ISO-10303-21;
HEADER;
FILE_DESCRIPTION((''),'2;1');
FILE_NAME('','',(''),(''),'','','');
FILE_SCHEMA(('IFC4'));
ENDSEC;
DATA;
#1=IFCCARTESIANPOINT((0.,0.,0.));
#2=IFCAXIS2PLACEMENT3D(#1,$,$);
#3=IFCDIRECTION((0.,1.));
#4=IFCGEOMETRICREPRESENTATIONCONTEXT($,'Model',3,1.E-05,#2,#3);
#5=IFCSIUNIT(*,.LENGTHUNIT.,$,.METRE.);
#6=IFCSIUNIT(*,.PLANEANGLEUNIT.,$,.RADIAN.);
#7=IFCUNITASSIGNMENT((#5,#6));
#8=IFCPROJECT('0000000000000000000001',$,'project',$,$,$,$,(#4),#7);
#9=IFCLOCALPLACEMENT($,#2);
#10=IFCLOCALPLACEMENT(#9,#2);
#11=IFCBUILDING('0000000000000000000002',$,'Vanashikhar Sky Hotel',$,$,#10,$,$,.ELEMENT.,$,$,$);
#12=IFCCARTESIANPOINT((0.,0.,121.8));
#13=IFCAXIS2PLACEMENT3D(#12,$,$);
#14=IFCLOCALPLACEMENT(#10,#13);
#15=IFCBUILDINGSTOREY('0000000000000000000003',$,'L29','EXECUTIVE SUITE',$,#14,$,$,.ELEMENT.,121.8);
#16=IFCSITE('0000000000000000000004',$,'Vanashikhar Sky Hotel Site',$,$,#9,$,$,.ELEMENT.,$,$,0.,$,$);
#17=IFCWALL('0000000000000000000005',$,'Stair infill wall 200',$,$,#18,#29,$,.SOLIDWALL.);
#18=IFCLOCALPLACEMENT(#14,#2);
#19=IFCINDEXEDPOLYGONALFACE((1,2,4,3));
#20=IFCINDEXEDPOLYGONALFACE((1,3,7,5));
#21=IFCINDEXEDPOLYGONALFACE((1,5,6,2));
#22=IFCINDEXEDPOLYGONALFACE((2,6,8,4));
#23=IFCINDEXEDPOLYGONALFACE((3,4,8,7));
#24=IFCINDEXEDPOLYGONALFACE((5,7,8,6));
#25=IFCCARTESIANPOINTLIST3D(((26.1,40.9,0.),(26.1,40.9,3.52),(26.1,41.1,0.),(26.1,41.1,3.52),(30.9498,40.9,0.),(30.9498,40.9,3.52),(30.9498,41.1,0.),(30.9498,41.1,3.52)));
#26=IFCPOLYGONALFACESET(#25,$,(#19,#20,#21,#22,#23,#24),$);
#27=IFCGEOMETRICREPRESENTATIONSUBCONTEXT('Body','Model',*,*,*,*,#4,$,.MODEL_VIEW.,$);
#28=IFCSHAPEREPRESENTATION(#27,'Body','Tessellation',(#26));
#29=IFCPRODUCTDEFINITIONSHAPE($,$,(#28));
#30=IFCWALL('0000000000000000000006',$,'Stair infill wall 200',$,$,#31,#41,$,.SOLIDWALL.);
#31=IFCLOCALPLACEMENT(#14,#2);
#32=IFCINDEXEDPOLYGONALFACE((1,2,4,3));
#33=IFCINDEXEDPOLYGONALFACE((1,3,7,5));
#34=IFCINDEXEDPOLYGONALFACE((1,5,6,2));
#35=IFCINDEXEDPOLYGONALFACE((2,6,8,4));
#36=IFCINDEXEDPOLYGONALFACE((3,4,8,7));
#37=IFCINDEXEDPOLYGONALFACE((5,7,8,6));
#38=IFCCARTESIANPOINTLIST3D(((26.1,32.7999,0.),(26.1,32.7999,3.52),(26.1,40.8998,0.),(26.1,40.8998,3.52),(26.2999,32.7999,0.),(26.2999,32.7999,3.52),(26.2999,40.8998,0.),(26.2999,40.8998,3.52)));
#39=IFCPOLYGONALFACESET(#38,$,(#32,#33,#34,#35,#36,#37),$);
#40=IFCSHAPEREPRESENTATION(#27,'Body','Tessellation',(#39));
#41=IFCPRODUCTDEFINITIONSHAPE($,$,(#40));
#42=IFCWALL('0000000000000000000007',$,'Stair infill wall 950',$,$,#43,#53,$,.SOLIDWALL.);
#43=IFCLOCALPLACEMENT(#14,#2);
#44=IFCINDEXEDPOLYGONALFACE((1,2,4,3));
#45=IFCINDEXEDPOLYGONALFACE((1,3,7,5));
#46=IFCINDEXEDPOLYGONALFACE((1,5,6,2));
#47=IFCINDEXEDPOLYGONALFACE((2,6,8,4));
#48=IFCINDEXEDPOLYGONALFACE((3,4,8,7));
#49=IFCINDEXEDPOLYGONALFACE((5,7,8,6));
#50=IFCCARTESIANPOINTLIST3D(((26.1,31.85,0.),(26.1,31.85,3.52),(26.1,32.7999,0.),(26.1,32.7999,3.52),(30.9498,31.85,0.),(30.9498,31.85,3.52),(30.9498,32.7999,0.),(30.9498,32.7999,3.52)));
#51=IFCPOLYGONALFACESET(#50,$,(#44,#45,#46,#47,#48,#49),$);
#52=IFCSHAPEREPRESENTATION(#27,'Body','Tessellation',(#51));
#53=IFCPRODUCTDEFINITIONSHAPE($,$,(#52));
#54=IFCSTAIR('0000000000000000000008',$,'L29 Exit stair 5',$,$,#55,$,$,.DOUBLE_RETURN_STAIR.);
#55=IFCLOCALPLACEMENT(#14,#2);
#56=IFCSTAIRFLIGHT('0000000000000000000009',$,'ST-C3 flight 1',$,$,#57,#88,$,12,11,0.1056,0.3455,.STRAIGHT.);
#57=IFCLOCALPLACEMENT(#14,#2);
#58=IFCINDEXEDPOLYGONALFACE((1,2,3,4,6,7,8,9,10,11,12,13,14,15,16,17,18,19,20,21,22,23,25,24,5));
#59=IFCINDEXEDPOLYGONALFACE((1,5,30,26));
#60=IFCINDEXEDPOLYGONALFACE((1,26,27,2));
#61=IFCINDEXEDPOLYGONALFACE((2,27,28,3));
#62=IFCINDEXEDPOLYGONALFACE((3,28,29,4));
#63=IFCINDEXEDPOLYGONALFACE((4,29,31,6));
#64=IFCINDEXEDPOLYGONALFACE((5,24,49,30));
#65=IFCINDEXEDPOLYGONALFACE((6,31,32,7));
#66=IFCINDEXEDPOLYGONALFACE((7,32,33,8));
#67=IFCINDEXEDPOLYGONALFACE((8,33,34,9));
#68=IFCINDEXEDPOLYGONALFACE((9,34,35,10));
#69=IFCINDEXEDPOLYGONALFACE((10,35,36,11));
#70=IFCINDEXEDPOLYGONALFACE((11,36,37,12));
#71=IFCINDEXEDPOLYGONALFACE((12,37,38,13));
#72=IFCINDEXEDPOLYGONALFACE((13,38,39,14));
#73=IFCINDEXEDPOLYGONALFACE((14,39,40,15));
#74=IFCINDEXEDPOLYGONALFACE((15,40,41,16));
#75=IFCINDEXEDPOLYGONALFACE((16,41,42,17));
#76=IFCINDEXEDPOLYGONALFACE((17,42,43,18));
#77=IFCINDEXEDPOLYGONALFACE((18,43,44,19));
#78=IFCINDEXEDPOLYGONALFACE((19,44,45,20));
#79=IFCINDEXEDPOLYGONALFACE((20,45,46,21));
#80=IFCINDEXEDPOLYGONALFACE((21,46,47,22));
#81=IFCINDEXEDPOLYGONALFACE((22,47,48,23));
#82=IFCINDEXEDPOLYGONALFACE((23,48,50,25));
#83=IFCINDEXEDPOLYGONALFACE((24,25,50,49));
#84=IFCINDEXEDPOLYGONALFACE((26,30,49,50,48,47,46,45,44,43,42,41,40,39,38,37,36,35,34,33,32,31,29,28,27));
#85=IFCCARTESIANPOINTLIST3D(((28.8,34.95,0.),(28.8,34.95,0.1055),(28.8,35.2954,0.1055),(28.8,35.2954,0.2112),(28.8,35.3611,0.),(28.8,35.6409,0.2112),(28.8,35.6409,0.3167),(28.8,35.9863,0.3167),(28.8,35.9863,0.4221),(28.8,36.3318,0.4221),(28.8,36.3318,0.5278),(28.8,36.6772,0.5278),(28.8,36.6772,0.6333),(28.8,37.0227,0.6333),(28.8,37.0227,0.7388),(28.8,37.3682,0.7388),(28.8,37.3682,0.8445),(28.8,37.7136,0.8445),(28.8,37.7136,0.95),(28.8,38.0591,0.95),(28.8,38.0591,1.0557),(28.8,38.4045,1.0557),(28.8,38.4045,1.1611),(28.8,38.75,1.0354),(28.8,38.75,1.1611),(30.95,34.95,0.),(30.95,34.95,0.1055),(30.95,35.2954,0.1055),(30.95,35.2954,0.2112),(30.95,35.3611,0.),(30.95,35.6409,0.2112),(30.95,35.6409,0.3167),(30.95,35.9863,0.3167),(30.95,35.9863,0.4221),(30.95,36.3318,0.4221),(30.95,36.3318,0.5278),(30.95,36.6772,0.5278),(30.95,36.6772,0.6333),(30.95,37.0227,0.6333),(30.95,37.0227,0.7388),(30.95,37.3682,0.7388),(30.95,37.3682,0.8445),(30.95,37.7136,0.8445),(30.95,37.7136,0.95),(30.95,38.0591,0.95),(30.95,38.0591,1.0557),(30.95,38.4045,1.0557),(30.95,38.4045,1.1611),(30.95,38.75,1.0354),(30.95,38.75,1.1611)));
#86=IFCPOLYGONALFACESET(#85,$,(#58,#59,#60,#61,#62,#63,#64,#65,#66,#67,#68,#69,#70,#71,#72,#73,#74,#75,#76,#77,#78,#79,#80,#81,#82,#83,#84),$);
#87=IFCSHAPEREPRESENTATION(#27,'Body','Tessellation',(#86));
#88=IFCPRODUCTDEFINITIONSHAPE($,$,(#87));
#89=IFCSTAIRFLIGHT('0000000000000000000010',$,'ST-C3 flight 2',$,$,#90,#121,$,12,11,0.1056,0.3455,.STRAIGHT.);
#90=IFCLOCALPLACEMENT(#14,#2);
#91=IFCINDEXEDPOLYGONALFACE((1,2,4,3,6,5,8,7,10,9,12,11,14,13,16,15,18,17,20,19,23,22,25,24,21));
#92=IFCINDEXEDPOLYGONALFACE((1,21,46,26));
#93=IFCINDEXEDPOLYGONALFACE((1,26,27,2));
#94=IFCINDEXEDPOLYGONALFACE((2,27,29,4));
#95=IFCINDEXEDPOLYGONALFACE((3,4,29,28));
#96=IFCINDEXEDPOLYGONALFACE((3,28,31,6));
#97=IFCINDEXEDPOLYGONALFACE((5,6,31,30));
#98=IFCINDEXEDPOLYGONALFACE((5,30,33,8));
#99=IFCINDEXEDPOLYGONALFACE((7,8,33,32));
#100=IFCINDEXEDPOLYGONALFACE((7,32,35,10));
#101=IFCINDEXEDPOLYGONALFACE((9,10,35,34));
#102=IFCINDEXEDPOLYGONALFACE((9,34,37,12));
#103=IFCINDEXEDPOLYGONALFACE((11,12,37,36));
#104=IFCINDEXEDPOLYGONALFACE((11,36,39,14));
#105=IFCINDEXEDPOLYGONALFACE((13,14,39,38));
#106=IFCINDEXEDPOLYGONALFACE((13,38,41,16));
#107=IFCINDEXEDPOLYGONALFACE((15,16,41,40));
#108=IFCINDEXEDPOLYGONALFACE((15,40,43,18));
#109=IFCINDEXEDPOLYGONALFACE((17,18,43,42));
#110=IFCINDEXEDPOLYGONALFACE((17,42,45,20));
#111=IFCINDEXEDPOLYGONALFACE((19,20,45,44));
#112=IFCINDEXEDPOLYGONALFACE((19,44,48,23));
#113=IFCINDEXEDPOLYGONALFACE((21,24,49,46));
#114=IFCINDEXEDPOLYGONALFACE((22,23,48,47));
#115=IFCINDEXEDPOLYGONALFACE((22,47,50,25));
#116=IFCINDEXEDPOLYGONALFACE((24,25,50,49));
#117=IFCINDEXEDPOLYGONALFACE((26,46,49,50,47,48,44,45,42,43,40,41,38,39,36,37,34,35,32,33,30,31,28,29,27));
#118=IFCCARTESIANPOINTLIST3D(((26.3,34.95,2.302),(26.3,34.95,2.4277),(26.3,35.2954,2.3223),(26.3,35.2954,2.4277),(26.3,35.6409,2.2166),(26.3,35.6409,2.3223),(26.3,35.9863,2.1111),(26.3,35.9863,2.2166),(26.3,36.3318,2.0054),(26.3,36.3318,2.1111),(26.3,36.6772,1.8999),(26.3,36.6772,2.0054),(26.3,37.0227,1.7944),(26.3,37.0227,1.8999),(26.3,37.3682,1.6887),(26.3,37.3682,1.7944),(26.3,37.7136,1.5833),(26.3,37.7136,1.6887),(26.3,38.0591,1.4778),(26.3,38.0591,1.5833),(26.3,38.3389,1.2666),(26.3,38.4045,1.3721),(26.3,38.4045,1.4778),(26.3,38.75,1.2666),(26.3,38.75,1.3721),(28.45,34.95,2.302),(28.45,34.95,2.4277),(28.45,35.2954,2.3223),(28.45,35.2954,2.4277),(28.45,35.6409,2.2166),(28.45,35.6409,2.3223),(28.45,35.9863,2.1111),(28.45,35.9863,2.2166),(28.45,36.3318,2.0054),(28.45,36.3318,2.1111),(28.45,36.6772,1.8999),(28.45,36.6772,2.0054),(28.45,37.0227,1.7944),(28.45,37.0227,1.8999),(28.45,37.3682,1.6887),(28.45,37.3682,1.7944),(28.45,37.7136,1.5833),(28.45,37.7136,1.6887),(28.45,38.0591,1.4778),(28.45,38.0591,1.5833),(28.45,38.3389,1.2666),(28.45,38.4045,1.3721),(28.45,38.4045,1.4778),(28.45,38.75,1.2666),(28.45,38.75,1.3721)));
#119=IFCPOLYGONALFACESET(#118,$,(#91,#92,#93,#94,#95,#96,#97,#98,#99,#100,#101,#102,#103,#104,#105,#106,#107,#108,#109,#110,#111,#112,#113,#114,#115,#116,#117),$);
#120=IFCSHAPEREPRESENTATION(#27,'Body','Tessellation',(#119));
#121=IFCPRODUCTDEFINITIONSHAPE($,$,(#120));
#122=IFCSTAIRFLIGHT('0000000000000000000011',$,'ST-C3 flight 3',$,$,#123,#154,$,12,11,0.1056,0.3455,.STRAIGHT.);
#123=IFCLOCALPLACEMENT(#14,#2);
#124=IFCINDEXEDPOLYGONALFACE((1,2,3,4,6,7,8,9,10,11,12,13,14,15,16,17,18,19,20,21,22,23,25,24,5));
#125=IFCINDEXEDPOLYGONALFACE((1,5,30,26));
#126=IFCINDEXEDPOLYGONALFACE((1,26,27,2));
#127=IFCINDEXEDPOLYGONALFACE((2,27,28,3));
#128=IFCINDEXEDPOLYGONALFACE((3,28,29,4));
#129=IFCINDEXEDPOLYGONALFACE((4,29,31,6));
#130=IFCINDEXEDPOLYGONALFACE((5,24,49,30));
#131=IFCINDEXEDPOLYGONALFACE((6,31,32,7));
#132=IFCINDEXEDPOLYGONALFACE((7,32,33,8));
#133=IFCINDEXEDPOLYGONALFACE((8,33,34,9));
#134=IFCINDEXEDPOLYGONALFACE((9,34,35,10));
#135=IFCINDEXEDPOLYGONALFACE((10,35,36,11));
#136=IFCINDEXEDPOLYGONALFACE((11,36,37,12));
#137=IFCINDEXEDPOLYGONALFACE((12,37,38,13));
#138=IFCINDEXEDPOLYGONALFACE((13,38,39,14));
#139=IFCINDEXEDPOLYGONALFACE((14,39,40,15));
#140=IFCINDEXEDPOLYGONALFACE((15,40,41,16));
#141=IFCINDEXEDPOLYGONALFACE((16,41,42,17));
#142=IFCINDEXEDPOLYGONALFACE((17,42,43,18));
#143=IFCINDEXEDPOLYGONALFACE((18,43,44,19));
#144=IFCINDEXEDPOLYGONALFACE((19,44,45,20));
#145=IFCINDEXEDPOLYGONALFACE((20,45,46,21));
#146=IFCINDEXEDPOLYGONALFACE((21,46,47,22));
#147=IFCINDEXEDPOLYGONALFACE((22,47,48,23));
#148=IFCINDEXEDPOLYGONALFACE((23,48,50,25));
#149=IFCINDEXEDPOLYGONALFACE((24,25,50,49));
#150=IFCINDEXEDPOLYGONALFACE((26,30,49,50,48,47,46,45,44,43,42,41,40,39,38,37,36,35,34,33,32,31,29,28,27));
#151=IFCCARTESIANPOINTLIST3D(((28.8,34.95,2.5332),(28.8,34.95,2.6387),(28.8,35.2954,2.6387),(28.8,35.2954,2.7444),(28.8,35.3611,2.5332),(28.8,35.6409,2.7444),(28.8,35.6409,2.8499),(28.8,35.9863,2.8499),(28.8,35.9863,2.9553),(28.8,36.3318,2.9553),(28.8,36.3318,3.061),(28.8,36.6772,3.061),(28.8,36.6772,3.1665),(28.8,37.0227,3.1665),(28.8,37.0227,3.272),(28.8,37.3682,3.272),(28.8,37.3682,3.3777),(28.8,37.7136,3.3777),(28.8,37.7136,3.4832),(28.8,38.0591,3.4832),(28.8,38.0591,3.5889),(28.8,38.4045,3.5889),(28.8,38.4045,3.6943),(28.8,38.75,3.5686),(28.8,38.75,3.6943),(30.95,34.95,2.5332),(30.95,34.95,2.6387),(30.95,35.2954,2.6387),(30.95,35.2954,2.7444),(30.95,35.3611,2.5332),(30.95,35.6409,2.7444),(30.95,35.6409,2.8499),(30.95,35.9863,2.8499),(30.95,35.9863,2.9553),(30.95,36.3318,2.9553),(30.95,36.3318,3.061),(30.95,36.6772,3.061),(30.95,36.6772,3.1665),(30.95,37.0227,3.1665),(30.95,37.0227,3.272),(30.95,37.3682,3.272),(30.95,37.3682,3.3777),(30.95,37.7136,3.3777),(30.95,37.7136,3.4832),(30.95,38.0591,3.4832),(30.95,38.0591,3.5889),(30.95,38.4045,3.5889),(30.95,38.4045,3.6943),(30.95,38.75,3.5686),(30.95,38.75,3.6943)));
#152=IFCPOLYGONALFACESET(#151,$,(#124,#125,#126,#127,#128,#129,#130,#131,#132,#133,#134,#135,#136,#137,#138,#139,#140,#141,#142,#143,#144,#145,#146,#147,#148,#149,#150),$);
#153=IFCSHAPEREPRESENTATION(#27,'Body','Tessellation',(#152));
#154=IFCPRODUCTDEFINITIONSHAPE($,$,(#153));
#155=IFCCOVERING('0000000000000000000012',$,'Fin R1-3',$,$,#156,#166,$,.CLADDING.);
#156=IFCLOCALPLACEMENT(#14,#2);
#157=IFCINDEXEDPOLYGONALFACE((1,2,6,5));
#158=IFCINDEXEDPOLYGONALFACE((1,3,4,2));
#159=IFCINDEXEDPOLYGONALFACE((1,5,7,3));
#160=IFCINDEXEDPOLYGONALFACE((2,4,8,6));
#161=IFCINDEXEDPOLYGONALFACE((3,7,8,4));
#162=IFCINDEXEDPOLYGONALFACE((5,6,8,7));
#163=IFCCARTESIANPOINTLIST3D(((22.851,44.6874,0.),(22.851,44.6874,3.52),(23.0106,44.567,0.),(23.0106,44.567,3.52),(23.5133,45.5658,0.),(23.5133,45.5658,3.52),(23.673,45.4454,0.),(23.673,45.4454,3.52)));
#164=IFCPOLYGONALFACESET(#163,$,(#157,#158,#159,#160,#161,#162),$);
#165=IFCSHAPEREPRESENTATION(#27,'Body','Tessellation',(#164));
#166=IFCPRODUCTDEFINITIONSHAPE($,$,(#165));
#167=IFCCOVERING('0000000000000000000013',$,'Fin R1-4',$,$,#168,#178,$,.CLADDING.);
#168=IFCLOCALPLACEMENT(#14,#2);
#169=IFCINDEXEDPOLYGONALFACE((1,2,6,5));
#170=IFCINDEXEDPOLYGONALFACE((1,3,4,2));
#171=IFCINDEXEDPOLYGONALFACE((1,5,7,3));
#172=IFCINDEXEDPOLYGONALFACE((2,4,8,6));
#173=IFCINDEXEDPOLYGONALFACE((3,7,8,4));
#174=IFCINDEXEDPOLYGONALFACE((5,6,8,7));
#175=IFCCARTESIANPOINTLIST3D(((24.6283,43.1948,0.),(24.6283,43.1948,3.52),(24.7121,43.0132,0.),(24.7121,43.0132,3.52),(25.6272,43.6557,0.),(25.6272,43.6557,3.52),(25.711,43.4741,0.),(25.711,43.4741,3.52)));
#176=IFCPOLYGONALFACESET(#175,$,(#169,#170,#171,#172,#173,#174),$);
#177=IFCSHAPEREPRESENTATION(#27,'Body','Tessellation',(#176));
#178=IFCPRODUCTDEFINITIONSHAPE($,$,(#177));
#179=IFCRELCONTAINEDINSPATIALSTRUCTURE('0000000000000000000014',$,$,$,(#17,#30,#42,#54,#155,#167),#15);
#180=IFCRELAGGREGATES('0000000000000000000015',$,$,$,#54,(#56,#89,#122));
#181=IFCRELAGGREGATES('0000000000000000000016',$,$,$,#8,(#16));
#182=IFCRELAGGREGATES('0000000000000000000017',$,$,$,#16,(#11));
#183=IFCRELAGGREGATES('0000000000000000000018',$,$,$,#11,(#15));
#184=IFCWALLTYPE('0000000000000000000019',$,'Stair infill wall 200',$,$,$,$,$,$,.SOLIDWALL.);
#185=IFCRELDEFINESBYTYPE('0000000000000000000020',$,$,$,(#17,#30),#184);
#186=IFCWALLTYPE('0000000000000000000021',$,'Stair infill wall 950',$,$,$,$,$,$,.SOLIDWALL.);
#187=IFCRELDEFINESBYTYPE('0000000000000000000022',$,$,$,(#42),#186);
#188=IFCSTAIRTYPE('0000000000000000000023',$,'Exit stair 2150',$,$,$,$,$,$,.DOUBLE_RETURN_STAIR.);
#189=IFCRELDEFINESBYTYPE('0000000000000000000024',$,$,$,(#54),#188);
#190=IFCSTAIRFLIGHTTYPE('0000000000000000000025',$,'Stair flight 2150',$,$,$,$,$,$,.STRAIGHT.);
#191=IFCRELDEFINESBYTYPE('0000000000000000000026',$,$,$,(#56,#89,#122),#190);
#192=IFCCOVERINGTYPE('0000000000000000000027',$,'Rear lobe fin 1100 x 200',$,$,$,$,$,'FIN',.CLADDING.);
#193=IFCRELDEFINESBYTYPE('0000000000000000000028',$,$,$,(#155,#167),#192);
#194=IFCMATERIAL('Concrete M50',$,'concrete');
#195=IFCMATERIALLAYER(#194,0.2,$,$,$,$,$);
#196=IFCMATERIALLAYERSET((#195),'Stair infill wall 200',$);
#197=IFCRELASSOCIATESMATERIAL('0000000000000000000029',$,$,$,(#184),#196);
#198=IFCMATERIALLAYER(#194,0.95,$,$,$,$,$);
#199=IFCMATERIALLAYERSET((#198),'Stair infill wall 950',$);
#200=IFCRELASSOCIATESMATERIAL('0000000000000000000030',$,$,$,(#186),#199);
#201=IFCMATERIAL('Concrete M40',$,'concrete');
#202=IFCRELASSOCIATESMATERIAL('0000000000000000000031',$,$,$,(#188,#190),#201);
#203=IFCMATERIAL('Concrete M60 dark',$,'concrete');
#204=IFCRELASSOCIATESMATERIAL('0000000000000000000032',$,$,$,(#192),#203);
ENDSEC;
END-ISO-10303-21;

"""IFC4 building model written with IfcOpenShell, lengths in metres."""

from ifc_helpers import new_model, si_unit, direction, frame, frame_2d, origin, origin_2d, place, context, subcontext, project, spatial, polyline, rectangle, outline, extrude, source, transform, mapped, material, layer, layer_set, material_profile, profile_set, type_object, element, aggregate, save


model = new_model("IFC4")

# Units and contexts
model_context = context("Model", 3, precision=1e-05, world=origin(), true_north=direction((0.0, 1.0)))
body_context = subcontext(model_context, "Body", "Model", "MODEL_VIEW")
ifc_project = project(units=[si_unit("LENGTHUNIT", "METRE"), si_unit("PLANEANGLEUNIT", "RADIAN")], contexts=[model_context])

# Site, building, storey
site_placement = place(None, origin())
site = spatial("IfcSite", under=ifc_project, at=site_placement, Name="Vanashikhar Sky Hotel Site", CompositionType="ELEMENT", RefElevation=0.0)
building_placement = place(site_placement, origin())
building = spatial("IfcBuilding", under=site, at=building_placement, Name="Vanashikhar Sky Hotel", CompositionType="ELEMENT")
storey_placement = place(building_placement, frame((0.0, 0.0, 121.8)))
storey = spatial("IfcBuildingStorey", under=building, at=storey_placement, Name="L29", Description="EXECUTIVE SUITE", CompositionType="ELEMENT", Elevation=121.8)

# Shared definitions
ifc_material_1 = material(Name="Concrete M50", Category="concrete")

# Shared definitions
ifc_material_2 = material(Name="Concrete M40", Category="concrete")

# Walls
ifc_layer_1 = layer(ifc_material_1, 0.2)
ifc_layer_set_1 = layer_set([ifc_layer_1], Name="Stair infill wall 200")
wall_type_1 = type_object("IfcWallType", Name="Stair infill wall 200", PredefinedType="SOLIDWALL", material=ifc_layer_set_1)
shared_shape_1 = source(origin(), body_context, "Body", "SweptSolid", [
    extrude(rectangle(XDim=4.8499, YDim=0.2, at=frame_2d((2.4248, 0.0))), origin(), (0.0, 0.0, 1.0), 3.52),
])
wall_1_placement = place(storey_placement, frame((26.1001, 41.0, 0.0), z_axis=(0.0, 0.0, 1.0), x_axis=(1.0, 0.0, 0.0)))
element("IfcWall", 1, at=wall_1_placement, inside=storey, type_object=wall_type_1, Name="Stair infill wall 200", PredefinedType="SOLIDWALL", context=body_context, shape_type="MappedRepresentation", body=[
    mapped(shared_shape_1, transform((0.0, 0.0, 0.0), scale=1.0)),
])
shared_shape_2 = source(origin(), body_context, "Body", "SweptSolid", [
    extrude(rectangle(XDim=8.0999, YDim=0.2, at=frame_2d((4.0498, 0.0))), origin(), (0.0, 0.0, 1.0), 3.52),
])
wall_2_placement = place(storey_placement, frame((26.2, 32.8, 0.0), z_axis=(0.0, 0.0, 1.0), x_axis=(0.0, 1.0, 0.0)))
element("IfcWall", 2, at=wall_2_placement, inside=storey, type_object=wall_type_1, Name="Stair infill wall 200", PredefinedType="SOLIDWALL", context=body_context, shape_type="MappedRepresentation", body=[
    mapped(shared_shape_2, transform((0.0, 0.0, 0.0), scale=1.0)),
])
ifc_layer_2 = layer(ifc_material_1, 0.95)
ifc_layer_set_2 = layer_set([ifc_layer_2], Name="Stair infill wall 950")
wall_type_2 = type_object("IfcWallType", Name="Stair infill wall 950", PredefinedType="SOLIDWALL", material=ifc_layer_set_2)
shared_shape_3 = source(origin(), body_context, "Body", "SweptSolid", [
    extrude(rectangle(XDim=4.8499, YDim=0.95, at=frame_2d((2.4248, 0.0))), origin(), (0.0, 0.0, 1.0), 3.52),
])
wall_3_placement = place(storey_placement, frame((26.1001, 32.325, 0.0), z_axis=(0.0, 0.0, 1.0), x_axis=(1.0, 0.0, 0.0)))
element("IfcWall", 3, at=wall_3_placement, inside=storey, type_object=wall_type_2, Name="Stair infill wall 950", PredefinedType="SOLIDWALL", context=body_context, shape_type="MappedRepresentation", body=[
    mapped(shared_shape_3, transform((0.0, 0.0, 0.0), scale=1.0)),
])

# Stair, stair flights
stair_type = type_object("IfcStairType", Name="Exit stair 2150", PredefinedType="DOUBLE_RETURN_STAIR", material=ifc_material_2)
stair_placement = place(storey_placement, origin())
stair = element("IfcStair", 4, at=stair_placement, inside=storey, type_object=stair_type, Name="L29 Exit stair 5", PredefinedType="DOUBLE_RETURN_STAIR")
stair_flight_type = type_object("IfcStairFlightType", Name="Stair flight 2150", PredefinedType="STRAIGHT", material=ifc_material_2)
shared_shape_4 = source(origin(), body_context, "Body", "SweptSolid", [
    extrude(outline(polyline([(0.0, 0.0), (0.0, 0.1055), (0.3455, 0.1055), (0.3455, 0.2112), (0.6909, 0.2112), (0.6909, 0.3167), (1.0364, 0.3167), (1.0364, 0.4221), (1.3818, 0.4221), (1.3818, 0.5278), (1.7273, 0.5278), (1.7273, 0.6333), (2.0728, 0.6333), (2.0728, 0.7388), (2.4182, 0.7388), (2.4182, 0.8445), (2.7637, 0.8445), (2.7637, 0.95), (3.1091, 0.95), (3.1091, 1.0557), (3.4546, 1.0557), (3.4546, 1.1611), (3.8, 1.1611), (3.8, 1.2666), (3.8, 1.0354), (0.4111, 0.0), (0.0, 0.0)])), frame((0.0, 1.075, 0.0), z_axis=(0.0, -1.0, 0.0), x_axis=(1.0, 0.0, 0.0)), (0.0, 0.0, 1.0), 2.1499),
])
stair_flight_1_placement = place(storey_placement, frame((29.875, 34.95, 0.0), z_axis=(0.0, 0.0, 1.0), x_axis=(0.0, 1.0, 0.0)))
stair_flight_1 = element("IfcStairFlight", 5, at=stair_flight_1_placement, type_object=stair_flight_type, Name="ST-C3 flight 1", NumberOfRisers=12, NumberOfTreads=11, PredefinedType="STRAIGHT", RiserHeight=0.1056, TreadLength=0.3455, context=body_context, shape_type="MappedRepresentation", body=[
    mapped(shared_shape_4, transform((0.0, 0.0, 0.0), scale=1.0)),
])
stair_flight_2_placement = place(storey_placement, frame((27.375, 38.75, 1.2666), z_axis=(0.0, 0.0, 1.0), x_axis=(0.0, -1.0, 0.0)))
stair_flight_2 = element("IfcStairFlight", 6, at=stair_flight_2_placement, type_object=stair_flight_type, Name="ST-C3 flight 2", NumberOfRisers=12, NumberOfTreads=11, PredefinedType="STRAIGHT", RiserHeight=0.1056, TreadLength=0.3455, context=body_context, shape_type="MappedRepresentation", body=[
    mapped(shared_shape_4, transform((0.0, 0.0, 0.0), scale=1.0)),
])
stair_flight_3_placement = place(storey_placement, frame((29.875, 34.95, 2.5332), z_axis=(0.0, 0.0, 1.0), x_axis=(0.0, 1.0, 0.0)))
stair_flight_3 = element("IfcStairFlight", 7, at=stair_flight_3_placement, type_object=stair_flight_type, Name="ST-C3 flight 3", NumberOfRisers=12, NumberOfTreads=11, PredefinedType="STRAIGHT", RiserHeight=0.1056, TreadLength=0.3455, context=body_context, shape_type="MappedRepresentation", body=[
    mapped(shared_shape_4, transform((0.0, 0.0, 0.0), scale=1.0)),
])
aggregate(stair, [stair_flight_1, stair_flight_2, stair_flight_3])

# Coverings
ifc_material_3 = material(Name="Concrete M60 dark", Category="concrete")
ifc_material_profile = material_profile(ifc_material_3, rectangle(XDim=1.1001, YDim=0.2, at=origin_2d()))
ifc_profile_set = profile_set([ifc_material_profile], Name="Rear lobe fin 1100 x 200")
covering_type = type_object("IfcCoveringType", Name="Rear lobe fin 1100 x 200", ElementType="FIN", PredefinedType="CLADDING", material=ifc_profile_set)
shared_shape_5 = source(origin(), body_context, "Body", "SweptSolid", [
    extrude(rectangle(XDim=1.1001, YDim=0.2, at=origin_2d()), origin(), (0.0, 0.0, 1.0), 3.52),
])
for number, where, z_axis, x_axis, name in (
    (8, (23.262, 45.0664, 0.0), (0.0, 0.0, 1.0), (0.602066, 0.798446, 0.0), "Fin R1-3"),
    (9, (25.1697, 43.3345, 0.0), (0.0, 0.0, 1.0), (0.908004, 0.418961, 0.0), "Fin R1-4"),
):
    element("IfcCovering", number, at=place(storey_placement, frame(where, z_axis=z_axis, x_axis=x_axis)), inside=storey, type_object=covering_type, Name=name, PredefinedType="CLADDING", context=body_context, shape_type="MappedRepresentation", body=[
        mapped(shared_shape_5, transform((0.0, 0.0, 0.0), scale=1.0)),
    ])

save(model, "model.ifc")
